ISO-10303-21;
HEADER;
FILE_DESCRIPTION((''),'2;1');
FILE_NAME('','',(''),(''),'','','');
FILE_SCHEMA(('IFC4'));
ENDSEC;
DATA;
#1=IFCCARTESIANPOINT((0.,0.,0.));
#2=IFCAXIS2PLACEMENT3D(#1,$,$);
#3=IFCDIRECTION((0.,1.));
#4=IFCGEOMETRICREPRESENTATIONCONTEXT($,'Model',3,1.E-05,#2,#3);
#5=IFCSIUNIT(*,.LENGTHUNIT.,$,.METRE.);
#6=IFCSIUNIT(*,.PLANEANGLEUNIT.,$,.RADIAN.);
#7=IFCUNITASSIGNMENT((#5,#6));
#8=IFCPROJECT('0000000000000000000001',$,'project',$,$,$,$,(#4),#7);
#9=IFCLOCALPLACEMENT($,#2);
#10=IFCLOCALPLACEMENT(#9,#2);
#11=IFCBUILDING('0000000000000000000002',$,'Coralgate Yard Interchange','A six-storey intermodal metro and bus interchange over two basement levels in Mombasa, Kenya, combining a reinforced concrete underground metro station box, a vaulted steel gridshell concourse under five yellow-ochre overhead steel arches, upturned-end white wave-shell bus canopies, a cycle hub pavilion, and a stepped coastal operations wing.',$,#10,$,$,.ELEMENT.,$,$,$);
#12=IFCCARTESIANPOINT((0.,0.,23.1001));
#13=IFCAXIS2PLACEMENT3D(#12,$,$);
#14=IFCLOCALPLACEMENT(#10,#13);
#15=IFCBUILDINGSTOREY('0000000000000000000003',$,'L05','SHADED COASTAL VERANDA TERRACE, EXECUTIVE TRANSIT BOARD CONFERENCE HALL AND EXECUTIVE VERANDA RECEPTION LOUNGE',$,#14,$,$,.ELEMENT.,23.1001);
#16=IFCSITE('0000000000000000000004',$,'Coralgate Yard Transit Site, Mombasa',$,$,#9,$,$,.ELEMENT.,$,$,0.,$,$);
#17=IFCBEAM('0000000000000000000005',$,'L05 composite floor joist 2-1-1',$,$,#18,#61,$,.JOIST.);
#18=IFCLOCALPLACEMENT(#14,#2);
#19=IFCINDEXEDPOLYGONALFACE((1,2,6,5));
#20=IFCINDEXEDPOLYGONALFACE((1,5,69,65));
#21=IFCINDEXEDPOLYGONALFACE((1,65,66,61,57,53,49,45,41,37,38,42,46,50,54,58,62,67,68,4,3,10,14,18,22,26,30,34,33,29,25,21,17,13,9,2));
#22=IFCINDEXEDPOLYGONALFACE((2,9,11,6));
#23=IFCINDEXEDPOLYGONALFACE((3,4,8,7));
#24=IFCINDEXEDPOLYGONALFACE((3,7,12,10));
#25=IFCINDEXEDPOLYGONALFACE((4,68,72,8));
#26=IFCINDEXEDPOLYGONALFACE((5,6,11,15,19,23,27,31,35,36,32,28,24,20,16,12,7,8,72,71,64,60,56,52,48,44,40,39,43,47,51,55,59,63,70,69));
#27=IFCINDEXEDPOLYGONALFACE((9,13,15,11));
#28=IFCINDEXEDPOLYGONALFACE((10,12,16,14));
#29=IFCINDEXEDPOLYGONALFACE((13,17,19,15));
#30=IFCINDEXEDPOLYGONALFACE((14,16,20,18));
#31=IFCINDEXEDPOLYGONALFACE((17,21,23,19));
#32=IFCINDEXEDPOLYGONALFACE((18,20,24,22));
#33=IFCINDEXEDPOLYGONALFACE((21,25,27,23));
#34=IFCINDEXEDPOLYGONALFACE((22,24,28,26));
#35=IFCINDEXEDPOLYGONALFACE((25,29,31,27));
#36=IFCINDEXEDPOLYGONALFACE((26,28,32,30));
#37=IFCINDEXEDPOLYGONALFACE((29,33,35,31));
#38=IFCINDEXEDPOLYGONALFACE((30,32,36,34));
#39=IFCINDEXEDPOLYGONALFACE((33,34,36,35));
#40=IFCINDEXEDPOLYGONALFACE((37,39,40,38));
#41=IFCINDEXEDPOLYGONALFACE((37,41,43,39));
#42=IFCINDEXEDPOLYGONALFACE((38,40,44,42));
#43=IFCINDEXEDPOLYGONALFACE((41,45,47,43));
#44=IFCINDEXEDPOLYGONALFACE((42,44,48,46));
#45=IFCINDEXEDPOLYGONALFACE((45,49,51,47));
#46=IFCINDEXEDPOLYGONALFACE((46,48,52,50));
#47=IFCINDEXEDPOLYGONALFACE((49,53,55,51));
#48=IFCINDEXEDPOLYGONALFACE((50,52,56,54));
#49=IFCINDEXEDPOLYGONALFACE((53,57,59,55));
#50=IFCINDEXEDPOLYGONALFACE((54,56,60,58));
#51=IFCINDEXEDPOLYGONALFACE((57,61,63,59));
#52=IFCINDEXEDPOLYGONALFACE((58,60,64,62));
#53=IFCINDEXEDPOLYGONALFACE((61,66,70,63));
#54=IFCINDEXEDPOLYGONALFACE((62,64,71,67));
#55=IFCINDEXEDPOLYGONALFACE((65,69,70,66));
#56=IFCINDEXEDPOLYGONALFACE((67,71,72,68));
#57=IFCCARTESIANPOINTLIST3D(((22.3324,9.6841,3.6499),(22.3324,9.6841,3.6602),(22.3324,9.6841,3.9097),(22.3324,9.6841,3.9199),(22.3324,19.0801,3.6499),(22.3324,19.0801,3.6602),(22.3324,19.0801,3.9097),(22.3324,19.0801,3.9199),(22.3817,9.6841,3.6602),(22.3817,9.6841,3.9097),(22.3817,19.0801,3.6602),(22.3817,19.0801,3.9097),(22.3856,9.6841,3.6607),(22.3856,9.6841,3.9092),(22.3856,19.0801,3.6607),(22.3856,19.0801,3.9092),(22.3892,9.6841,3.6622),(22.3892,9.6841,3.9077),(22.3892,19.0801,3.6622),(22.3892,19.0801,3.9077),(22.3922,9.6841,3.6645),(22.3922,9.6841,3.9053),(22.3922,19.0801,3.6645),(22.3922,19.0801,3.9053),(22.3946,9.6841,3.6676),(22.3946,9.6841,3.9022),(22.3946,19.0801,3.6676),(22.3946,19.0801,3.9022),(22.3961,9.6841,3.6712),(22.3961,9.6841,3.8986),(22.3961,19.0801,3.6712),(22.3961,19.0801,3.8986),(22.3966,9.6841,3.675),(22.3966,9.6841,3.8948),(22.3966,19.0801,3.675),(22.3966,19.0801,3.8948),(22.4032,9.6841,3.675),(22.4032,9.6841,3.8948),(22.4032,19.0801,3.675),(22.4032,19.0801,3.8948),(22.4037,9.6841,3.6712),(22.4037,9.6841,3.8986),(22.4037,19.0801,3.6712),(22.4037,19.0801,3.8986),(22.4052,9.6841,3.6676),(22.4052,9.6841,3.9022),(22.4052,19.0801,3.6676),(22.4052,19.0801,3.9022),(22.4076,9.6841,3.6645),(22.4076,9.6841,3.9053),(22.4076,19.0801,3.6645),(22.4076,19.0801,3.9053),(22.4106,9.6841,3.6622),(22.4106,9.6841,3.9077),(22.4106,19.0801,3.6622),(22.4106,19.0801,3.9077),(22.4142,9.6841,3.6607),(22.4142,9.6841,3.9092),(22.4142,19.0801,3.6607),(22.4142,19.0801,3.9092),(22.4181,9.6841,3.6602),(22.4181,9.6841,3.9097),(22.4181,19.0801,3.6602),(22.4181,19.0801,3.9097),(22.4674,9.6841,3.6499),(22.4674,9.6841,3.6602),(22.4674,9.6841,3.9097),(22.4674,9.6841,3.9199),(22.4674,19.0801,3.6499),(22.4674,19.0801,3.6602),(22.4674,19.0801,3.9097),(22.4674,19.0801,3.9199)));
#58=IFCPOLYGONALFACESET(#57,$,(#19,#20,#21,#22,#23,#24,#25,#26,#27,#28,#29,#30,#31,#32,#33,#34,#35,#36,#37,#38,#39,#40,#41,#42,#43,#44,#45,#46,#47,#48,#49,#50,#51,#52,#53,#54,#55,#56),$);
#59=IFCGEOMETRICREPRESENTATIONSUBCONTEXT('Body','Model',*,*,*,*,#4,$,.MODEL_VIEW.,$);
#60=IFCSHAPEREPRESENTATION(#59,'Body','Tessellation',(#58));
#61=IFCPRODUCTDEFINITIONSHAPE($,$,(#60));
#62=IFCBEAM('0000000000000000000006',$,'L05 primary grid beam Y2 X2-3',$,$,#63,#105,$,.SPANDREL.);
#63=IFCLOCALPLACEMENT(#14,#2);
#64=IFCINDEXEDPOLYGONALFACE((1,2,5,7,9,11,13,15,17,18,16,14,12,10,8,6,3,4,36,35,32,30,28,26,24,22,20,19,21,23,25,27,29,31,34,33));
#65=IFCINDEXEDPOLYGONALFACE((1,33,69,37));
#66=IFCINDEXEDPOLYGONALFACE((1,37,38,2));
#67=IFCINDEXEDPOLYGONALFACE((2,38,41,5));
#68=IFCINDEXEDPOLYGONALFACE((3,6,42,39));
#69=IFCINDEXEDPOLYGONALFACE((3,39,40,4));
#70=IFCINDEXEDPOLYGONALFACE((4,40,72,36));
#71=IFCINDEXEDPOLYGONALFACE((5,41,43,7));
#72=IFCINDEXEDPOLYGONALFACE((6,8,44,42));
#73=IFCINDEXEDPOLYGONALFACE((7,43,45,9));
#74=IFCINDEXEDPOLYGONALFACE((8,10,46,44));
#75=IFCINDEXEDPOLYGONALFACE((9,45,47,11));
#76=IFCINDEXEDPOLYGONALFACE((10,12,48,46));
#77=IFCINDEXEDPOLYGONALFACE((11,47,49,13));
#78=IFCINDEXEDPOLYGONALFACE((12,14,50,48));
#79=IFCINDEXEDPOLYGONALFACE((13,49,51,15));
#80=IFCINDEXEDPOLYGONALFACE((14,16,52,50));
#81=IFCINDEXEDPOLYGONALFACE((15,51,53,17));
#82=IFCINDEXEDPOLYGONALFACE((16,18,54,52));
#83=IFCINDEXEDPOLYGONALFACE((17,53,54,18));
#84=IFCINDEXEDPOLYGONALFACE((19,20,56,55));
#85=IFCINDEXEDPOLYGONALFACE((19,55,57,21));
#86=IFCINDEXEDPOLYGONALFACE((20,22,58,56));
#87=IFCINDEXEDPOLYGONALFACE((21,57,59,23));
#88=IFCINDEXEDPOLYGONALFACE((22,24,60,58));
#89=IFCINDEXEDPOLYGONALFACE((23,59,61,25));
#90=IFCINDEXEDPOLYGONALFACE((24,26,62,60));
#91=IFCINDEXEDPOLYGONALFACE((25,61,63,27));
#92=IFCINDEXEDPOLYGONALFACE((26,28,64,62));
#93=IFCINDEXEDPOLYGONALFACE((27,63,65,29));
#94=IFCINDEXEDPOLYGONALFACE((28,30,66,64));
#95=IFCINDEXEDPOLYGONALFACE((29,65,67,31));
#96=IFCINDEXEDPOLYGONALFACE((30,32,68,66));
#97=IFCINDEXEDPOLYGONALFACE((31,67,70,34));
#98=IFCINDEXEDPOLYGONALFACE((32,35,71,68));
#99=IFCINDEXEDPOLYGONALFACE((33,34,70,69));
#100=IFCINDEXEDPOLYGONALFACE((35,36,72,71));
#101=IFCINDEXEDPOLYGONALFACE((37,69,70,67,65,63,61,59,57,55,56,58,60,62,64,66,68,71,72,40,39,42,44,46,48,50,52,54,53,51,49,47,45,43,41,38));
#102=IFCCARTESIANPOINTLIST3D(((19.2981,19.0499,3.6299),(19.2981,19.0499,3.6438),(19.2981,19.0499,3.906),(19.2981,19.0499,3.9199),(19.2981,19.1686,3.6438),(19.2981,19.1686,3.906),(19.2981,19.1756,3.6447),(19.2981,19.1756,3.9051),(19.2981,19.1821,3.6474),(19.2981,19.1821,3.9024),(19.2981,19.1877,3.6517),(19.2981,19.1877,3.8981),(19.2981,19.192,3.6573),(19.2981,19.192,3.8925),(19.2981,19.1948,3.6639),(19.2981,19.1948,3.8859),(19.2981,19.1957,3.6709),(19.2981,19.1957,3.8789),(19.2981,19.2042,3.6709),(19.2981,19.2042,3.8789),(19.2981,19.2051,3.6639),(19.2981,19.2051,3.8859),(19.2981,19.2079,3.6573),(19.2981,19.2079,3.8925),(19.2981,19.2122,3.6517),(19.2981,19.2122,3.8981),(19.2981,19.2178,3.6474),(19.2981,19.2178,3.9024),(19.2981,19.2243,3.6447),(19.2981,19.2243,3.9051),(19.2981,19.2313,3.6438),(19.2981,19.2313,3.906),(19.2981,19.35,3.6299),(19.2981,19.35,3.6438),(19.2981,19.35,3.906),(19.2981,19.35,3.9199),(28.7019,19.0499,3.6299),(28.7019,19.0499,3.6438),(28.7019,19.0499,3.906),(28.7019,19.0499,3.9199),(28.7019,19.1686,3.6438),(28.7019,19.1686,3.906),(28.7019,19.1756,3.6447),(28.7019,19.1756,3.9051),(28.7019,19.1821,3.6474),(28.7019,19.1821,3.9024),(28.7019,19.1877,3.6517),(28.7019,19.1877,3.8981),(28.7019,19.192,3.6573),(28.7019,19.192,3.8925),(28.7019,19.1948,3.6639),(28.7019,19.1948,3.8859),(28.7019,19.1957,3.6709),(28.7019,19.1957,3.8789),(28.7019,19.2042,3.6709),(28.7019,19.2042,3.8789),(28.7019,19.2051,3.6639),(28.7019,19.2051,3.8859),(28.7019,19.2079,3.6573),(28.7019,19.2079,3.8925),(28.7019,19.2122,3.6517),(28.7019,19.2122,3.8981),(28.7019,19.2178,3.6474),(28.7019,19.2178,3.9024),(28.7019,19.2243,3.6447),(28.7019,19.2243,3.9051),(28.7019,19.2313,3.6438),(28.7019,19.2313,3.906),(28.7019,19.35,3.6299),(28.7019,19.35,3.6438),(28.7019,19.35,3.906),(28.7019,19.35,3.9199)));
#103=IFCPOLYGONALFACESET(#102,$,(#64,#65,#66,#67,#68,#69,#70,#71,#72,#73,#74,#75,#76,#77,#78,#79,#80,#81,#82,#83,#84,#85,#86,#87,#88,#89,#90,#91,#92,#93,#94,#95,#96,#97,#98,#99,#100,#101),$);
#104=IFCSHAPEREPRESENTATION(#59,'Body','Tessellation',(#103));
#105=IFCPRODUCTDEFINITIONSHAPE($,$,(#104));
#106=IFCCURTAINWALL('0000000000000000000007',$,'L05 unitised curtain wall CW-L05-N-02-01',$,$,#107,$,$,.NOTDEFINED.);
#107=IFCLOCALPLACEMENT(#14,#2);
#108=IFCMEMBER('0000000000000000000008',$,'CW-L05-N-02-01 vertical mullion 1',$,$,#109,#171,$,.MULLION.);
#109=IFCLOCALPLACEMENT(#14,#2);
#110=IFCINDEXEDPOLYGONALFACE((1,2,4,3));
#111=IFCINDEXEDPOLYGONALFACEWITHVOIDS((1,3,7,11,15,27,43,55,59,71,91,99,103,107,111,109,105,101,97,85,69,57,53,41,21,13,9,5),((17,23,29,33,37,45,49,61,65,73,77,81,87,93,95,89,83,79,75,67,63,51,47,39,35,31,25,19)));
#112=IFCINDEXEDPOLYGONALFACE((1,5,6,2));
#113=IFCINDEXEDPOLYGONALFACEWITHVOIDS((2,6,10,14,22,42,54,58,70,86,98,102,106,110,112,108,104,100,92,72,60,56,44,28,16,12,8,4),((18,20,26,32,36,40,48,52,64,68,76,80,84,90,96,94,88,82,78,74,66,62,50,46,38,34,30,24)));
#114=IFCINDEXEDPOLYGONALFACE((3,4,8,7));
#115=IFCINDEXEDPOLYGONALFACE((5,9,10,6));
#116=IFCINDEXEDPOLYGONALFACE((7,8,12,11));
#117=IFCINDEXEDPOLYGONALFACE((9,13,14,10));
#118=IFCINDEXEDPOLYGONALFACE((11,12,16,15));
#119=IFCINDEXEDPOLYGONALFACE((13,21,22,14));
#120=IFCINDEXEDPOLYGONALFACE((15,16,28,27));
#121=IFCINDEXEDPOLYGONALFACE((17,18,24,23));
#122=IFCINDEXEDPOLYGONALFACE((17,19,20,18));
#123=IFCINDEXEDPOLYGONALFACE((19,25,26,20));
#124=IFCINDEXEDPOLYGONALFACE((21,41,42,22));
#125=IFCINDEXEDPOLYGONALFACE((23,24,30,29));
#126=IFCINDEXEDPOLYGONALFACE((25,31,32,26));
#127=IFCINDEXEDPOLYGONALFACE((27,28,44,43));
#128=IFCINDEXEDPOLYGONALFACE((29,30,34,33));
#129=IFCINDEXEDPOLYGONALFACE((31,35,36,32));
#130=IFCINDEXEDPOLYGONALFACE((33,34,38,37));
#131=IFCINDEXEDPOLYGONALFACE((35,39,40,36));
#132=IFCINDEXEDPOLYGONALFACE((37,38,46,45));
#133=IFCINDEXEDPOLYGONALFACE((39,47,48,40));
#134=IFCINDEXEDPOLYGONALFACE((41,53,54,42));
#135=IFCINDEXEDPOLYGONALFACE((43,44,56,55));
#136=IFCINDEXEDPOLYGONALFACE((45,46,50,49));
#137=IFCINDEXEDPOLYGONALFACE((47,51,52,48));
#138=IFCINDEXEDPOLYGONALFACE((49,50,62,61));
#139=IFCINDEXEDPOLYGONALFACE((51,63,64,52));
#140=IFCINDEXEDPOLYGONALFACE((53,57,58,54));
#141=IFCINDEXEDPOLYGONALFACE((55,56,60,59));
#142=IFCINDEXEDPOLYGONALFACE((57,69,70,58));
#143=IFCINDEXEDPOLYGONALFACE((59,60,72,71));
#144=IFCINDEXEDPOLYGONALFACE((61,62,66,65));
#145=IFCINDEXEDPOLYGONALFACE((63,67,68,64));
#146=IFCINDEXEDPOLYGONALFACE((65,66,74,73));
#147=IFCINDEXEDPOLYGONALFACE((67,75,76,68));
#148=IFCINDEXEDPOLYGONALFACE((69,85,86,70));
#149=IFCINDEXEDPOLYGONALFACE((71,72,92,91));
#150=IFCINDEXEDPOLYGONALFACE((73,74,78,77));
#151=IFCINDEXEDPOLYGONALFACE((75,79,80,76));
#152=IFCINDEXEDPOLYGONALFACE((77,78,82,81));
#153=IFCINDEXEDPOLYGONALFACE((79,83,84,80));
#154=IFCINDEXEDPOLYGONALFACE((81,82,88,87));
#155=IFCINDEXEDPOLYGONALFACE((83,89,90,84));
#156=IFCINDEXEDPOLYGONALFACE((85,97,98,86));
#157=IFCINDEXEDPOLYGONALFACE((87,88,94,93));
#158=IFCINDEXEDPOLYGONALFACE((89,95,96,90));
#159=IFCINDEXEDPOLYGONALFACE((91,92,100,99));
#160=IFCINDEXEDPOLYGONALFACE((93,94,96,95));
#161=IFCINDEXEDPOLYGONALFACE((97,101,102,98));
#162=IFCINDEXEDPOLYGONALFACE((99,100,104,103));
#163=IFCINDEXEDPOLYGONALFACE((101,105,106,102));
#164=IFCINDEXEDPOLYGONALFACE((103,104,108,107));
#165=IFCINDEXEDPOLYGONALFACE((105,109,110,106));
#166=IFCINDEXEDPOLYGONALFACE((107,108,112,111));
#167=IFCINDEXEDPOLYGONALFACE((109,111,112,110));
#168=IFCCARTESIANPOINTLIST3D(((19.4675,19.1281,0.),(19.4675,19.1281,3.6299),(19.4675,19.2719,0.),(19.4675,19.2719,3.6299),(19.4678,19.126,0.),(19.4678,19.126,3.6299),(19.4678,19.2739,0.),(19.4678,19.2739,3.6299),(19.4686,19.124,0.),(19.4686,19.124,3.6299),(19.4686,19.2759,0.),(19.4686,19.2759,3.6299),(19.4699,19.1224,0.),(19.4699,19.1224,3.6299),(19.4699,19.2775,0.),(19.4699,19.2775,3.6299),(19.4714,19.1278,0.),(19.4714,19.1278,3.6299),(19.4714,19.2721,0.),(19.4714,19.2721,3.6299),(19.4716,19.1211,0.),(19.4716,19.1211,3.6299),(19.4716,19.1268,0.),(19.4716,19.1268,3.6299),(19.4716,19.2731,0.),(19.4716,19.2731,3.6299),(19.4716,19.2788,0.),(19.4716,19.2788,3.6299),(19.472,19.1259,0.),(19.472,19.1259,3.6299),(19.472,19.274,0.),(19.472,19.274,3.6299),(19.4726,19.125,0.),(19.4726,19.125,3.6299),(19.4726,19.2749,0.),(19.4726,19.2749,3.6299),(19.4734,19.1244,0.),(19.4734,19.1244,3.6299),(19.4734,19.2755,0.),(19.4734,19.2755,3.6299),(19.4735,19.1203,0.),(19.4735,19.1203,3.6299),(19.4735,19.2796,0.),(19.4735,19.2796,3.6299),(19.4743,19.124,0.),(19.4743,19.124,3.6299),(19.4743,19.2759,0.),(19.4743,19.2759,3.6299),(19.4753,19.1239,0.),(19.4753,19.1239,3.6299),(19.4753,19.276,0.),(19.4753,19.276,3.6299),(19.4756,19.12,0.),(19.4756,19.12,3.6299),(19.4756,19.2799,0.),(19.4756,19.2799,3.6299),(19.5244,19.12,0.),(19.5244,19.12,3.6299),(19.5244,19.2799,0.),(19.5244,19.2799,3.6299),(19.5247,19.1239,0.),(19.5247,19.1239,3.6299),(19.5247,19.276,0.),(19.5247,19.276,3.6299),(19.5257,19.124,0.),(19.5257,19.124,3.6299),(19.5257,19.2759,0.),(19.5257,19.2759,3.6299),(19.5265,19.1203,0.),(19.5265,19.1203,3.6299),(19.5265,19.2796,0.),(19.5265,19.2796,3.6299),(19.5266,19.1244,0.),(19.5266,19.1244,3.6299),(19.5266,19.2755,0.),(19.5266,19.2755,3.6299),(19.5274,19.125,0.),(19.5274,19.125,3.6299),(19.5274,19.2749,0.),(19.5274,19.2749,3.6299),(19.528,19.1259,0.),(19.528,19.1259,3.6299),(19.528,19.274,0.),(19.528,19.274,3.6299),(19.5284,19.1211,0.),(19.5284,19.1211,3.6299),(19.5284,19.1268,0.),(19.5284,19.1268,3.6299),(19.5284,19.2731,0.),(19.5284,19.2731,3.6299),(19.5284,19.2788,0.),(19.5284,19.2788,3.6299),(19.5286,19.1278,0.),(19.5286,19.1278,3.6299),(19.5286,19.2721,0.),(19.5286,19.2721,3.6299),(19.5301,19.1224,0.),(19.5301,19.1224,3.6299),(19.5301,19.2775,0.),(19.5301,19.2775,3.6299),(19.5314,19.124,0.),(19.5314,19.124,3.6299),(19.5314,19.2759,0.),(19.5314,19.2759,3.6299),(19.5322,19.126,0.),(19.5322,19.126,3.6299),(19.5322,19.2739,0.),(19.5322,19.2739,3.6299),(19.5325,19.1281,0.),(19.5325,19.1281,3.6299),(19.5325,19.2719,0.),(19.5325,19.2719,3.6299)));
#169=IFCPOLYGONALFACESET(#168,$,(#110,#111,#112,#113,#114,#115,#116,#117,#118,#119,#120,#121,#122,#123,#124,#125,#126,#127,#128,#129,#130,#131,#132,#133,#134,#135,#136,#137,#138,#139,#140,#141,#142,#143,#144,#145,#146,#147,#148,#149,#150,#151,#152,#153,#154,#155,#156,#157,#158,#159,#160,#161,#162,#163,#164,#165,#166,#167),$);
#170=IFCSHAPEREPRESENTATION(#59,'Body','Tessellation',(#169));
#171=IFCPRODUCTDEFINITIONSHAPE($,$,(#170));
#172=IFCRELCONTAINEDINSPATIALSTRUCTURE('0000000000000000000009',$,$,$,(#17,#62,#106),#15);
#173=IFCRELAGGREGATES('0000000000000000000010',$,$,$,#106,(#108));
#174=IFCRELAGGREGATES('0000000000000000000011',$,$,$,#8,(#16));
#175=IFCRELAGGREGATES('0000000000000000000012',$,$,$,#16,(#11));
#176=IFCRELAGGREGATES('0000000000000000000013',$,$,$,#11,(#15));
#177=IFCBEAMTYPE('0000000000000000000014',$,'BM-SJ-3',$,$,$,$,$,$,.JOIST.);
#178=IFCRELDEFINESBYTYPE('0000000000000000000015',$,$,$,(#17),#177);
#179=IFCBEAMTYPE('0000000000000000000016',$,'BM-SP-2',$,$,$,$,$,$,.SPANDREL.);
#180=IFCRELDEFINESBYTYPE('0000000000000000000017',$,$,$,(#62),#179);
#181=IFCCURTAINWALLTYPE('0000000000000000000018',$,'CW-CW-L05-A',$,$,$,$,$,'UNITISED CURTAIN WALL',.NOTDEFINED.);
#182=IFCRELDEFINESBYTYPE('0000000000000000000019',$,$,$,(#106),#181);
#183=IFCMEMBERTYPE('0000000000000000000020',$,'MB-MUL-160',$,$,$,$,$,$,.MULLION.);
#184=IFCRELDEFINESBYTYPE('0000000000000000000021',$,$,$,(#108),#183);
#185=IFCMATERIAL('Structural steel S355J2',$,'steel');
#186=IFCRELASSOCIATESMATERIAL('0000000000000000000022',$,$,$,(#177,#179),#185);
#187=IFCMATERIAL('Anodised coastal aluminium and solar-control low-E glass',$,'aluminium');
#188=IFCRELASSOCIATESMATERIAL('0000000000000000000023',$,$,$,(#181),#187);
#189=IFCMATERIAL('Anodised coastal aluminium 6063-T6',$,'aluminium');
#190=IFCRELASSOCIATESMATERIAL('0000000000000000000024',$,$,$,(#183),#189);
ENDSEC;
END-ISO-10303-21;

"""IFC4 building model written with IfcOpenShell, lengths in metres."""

from ifc_helpers import new_model, si_unit, direction, frame, origin, origin_2d, place, context, subcontext, project, spatial, hollow_rectangle, i_section, extrude, material, material_profile, profile_set, type_object, element, aggregate, save


model = new_model("IFC4")

# Units and contexts
model_context = context("Model", 3, precision=1e-05, world=origin(), true_north=direction((0.0, 1.0)))
body_context = subcontext(model_context, "Body", "Model", "MODEL_VIEW")
ifc_project = project(units=[si_unit("LENGTHUNIT", "METRE"), si_unit("PLANEANGLEUNIT", "RADIAN")], contexts=[model_context])

# Site, building, storey
site_placement = place(None, origin())
site = spatial("IfcSite", under=ifc_project, at=site_placement, Name="Coralgate Yard Transit Site, Mombasa", CompositionType="ELEMENT", RefElevation=0.0)
building_placement = place(site_placement, origin())
building = spatial("IfcBuilding", under=site, at=building_placement, Name="Coralgate Yard Interchange", Description="A six-storey intermodal metro and bus interchange over two basement levels in Mombasa, Kenya, combining a reinforced concrete underground metro station box, a vaulted steel gridshell concourse under five yellow-ochre overhead steel arches, upturned-end white wave-shell bus canopies, a cycle hub pavilion, and a stepped coastal operations wing.", CompositionType="ELEMENT")
storey_placement = place(building_placement, frame((0.0, 0.0, 23.1001)))
storey = spatial("IfcBuildingStorey", under=building, at=storey_placement, Name="L05", Description="SHADED COASTAL VERANDA TERRACE, EXECUTIVE TRANSIT BOARD CONFERENCE HALL AND EXECUTIVE VERANDA RECEPTION LOUNGE", CompositionType="ELEMENT", Elevation=23.1001)

# Beams
ifc_material_1 = material(Name="Structural steel S355J2", Category="steel")
ifc_material_profile_1 = material_profile(ifc_material_1, i_section(OverallWidth=0.135, OverallDepth=0.27, WebThickness=0.0066, FlangeThickness=0.0103, FilletRadius=0.0149, at=origin_2d()), Name="IPE 270")
ifc_profile_set_1 = profile_set([ifc_material_profile_1], Name="Structural steel S355J2")
beam_type_1 = type_object("IfcBeamType", Name="BM-SJ-3", PredefinedType="JOIST", material=ifc_profile_set_1)
beam_1_placement = place(storey_placement, frame((22.3999, 9.6841, 3.7849), z_axis=(0.0, 1.0, 0.0), x_axis=(-1.0, 0.0, 0.0)))
element("IfcBeam", 1, at=beam_1_placement, inside=storey, type_object=beam_type_1, Name="L05 composite floor joist 2-1-1", PredefinedType="JOIST", context=body_context, shape_type="SweptSolid", body=[
    extrude(i_section(OverallWidth=0.135, OverallDepth=0.27, WebThickness=0.0066, FlangeThickness=0.0103, FilletRadius=0.0149, at=origin_2d()), origin(), (0.0, 0.0, 1.0), 9.396),
])
ifc_material_profile_2 = material_profile(ifc_material_1, i_section(OverallWidth=0.3, OverallDepth=0.29, WebThickness=0.0085, FlangeThickness=0.0139, FilletRadius=0.0271, at=origin_2d()), Name="HEA 300")
ifc_profile_set_2 = profile_set([ifc_material_profile_2], Name="Structural steel S355J2")
beam_type_2 = type_object("IfcBeamType", Name="BM-SP-2", PredefinedType="SPANDREL", material=ifc_profile_set_2)
beam_2_placement = place(storey_placement, frame((19.2981, 19.2, 3.7749), z_axis=(1.0, 0.0, 0.0), x_axis=(0.0, 1.0, 0.0)))
element("IfcBeam", 2, at=beam_2_placement, inside=storey, type_object=beam_type_2, Name="L05 primary grid beam Y2 X2-3", PredefinedType="SPANDREL", context=body_context, shape_type="SweptSolid", body=[
    extrude(i_section(OverallWidth=0.3, OverallDepth=0.29, WebThickness=0.0085, FlangeThickness=0.0139, FilletRadius=0.0271, at=origin_2d()), origin(), (0.0, 0.0, 1.0), 9.4038),
])

# Curtain wall, member
ifc_material_2 = material(Name="Anodised coastal aluminium and solar-control low-E glass", Category="aluminium")
curtain_wall_type = type_object("IfcCurtainWallType", Name="CW-CW-L05-A", ElementType="UNITISED CURTAIN WALL", PredefinedType="NOTDEFINED", material=ifc_material_2)
curtain_wall_1_placement = place(storey_placement, origin())
curtain_wall_1 = element("IfcCurtainWall", 3, at=curtain_wall_1_placement, inside=storey, type_object=curtain_wall_type, Name="L05 unitised curtain wall CW-L05-N-02-01", PredefinedType="NOTDEFINED")
ifc_material_3 = material(Name="Anodised coastal aluminium 6063-T6", Category="aluminium")
ifc_material_profile_3 = material_profile(ifc_material_3, hollow_rectangle(XDim=0.0649, YDim=0.1599, WallThickness=0.0039, InnerFilletRadius=0.0039, OuterFilletRadius=0.0081, at=origin_2d()), Name="ALU 65x160x4")
ifc_profile_set_3 = profile_set([ifc_material_profile_3], Name="Anodised coastal aluminium 6063-T6")
member_type_1 = type_object("IfcMemberType", Name="MB-MUL-160", PredefinedType="MULLION", material=ifc_profile_set_3)
member_1_placement = place(storey_placement, frame((19.5, 19.2, 0.0), z_axis=(0.0, 0.0, 1.0), x_axis=(1.0, 0.0, 0.0)))
member_1 = element("IfcMember", 4, at=member_1_placement, type_object=member_type_1, Name="CW-L05-N-02-01 vertical mullion 1", PredefinedType="MULLION", context=body_context, shape_type="SweptSolid", body=[
    extrude(hollow_rectangle(XDim=0.0649, YDim=0.1599, WallThickness=0.0039, InnerFilletRadius=0.0039, OuterFilletRadius=0.0081, at=origin_2d()), origin(), (0.0, 0.0, 1.0), 3.6299),
])

aggregate(curtain_wall_1, [member_1])

save(model, "model.ifc")
